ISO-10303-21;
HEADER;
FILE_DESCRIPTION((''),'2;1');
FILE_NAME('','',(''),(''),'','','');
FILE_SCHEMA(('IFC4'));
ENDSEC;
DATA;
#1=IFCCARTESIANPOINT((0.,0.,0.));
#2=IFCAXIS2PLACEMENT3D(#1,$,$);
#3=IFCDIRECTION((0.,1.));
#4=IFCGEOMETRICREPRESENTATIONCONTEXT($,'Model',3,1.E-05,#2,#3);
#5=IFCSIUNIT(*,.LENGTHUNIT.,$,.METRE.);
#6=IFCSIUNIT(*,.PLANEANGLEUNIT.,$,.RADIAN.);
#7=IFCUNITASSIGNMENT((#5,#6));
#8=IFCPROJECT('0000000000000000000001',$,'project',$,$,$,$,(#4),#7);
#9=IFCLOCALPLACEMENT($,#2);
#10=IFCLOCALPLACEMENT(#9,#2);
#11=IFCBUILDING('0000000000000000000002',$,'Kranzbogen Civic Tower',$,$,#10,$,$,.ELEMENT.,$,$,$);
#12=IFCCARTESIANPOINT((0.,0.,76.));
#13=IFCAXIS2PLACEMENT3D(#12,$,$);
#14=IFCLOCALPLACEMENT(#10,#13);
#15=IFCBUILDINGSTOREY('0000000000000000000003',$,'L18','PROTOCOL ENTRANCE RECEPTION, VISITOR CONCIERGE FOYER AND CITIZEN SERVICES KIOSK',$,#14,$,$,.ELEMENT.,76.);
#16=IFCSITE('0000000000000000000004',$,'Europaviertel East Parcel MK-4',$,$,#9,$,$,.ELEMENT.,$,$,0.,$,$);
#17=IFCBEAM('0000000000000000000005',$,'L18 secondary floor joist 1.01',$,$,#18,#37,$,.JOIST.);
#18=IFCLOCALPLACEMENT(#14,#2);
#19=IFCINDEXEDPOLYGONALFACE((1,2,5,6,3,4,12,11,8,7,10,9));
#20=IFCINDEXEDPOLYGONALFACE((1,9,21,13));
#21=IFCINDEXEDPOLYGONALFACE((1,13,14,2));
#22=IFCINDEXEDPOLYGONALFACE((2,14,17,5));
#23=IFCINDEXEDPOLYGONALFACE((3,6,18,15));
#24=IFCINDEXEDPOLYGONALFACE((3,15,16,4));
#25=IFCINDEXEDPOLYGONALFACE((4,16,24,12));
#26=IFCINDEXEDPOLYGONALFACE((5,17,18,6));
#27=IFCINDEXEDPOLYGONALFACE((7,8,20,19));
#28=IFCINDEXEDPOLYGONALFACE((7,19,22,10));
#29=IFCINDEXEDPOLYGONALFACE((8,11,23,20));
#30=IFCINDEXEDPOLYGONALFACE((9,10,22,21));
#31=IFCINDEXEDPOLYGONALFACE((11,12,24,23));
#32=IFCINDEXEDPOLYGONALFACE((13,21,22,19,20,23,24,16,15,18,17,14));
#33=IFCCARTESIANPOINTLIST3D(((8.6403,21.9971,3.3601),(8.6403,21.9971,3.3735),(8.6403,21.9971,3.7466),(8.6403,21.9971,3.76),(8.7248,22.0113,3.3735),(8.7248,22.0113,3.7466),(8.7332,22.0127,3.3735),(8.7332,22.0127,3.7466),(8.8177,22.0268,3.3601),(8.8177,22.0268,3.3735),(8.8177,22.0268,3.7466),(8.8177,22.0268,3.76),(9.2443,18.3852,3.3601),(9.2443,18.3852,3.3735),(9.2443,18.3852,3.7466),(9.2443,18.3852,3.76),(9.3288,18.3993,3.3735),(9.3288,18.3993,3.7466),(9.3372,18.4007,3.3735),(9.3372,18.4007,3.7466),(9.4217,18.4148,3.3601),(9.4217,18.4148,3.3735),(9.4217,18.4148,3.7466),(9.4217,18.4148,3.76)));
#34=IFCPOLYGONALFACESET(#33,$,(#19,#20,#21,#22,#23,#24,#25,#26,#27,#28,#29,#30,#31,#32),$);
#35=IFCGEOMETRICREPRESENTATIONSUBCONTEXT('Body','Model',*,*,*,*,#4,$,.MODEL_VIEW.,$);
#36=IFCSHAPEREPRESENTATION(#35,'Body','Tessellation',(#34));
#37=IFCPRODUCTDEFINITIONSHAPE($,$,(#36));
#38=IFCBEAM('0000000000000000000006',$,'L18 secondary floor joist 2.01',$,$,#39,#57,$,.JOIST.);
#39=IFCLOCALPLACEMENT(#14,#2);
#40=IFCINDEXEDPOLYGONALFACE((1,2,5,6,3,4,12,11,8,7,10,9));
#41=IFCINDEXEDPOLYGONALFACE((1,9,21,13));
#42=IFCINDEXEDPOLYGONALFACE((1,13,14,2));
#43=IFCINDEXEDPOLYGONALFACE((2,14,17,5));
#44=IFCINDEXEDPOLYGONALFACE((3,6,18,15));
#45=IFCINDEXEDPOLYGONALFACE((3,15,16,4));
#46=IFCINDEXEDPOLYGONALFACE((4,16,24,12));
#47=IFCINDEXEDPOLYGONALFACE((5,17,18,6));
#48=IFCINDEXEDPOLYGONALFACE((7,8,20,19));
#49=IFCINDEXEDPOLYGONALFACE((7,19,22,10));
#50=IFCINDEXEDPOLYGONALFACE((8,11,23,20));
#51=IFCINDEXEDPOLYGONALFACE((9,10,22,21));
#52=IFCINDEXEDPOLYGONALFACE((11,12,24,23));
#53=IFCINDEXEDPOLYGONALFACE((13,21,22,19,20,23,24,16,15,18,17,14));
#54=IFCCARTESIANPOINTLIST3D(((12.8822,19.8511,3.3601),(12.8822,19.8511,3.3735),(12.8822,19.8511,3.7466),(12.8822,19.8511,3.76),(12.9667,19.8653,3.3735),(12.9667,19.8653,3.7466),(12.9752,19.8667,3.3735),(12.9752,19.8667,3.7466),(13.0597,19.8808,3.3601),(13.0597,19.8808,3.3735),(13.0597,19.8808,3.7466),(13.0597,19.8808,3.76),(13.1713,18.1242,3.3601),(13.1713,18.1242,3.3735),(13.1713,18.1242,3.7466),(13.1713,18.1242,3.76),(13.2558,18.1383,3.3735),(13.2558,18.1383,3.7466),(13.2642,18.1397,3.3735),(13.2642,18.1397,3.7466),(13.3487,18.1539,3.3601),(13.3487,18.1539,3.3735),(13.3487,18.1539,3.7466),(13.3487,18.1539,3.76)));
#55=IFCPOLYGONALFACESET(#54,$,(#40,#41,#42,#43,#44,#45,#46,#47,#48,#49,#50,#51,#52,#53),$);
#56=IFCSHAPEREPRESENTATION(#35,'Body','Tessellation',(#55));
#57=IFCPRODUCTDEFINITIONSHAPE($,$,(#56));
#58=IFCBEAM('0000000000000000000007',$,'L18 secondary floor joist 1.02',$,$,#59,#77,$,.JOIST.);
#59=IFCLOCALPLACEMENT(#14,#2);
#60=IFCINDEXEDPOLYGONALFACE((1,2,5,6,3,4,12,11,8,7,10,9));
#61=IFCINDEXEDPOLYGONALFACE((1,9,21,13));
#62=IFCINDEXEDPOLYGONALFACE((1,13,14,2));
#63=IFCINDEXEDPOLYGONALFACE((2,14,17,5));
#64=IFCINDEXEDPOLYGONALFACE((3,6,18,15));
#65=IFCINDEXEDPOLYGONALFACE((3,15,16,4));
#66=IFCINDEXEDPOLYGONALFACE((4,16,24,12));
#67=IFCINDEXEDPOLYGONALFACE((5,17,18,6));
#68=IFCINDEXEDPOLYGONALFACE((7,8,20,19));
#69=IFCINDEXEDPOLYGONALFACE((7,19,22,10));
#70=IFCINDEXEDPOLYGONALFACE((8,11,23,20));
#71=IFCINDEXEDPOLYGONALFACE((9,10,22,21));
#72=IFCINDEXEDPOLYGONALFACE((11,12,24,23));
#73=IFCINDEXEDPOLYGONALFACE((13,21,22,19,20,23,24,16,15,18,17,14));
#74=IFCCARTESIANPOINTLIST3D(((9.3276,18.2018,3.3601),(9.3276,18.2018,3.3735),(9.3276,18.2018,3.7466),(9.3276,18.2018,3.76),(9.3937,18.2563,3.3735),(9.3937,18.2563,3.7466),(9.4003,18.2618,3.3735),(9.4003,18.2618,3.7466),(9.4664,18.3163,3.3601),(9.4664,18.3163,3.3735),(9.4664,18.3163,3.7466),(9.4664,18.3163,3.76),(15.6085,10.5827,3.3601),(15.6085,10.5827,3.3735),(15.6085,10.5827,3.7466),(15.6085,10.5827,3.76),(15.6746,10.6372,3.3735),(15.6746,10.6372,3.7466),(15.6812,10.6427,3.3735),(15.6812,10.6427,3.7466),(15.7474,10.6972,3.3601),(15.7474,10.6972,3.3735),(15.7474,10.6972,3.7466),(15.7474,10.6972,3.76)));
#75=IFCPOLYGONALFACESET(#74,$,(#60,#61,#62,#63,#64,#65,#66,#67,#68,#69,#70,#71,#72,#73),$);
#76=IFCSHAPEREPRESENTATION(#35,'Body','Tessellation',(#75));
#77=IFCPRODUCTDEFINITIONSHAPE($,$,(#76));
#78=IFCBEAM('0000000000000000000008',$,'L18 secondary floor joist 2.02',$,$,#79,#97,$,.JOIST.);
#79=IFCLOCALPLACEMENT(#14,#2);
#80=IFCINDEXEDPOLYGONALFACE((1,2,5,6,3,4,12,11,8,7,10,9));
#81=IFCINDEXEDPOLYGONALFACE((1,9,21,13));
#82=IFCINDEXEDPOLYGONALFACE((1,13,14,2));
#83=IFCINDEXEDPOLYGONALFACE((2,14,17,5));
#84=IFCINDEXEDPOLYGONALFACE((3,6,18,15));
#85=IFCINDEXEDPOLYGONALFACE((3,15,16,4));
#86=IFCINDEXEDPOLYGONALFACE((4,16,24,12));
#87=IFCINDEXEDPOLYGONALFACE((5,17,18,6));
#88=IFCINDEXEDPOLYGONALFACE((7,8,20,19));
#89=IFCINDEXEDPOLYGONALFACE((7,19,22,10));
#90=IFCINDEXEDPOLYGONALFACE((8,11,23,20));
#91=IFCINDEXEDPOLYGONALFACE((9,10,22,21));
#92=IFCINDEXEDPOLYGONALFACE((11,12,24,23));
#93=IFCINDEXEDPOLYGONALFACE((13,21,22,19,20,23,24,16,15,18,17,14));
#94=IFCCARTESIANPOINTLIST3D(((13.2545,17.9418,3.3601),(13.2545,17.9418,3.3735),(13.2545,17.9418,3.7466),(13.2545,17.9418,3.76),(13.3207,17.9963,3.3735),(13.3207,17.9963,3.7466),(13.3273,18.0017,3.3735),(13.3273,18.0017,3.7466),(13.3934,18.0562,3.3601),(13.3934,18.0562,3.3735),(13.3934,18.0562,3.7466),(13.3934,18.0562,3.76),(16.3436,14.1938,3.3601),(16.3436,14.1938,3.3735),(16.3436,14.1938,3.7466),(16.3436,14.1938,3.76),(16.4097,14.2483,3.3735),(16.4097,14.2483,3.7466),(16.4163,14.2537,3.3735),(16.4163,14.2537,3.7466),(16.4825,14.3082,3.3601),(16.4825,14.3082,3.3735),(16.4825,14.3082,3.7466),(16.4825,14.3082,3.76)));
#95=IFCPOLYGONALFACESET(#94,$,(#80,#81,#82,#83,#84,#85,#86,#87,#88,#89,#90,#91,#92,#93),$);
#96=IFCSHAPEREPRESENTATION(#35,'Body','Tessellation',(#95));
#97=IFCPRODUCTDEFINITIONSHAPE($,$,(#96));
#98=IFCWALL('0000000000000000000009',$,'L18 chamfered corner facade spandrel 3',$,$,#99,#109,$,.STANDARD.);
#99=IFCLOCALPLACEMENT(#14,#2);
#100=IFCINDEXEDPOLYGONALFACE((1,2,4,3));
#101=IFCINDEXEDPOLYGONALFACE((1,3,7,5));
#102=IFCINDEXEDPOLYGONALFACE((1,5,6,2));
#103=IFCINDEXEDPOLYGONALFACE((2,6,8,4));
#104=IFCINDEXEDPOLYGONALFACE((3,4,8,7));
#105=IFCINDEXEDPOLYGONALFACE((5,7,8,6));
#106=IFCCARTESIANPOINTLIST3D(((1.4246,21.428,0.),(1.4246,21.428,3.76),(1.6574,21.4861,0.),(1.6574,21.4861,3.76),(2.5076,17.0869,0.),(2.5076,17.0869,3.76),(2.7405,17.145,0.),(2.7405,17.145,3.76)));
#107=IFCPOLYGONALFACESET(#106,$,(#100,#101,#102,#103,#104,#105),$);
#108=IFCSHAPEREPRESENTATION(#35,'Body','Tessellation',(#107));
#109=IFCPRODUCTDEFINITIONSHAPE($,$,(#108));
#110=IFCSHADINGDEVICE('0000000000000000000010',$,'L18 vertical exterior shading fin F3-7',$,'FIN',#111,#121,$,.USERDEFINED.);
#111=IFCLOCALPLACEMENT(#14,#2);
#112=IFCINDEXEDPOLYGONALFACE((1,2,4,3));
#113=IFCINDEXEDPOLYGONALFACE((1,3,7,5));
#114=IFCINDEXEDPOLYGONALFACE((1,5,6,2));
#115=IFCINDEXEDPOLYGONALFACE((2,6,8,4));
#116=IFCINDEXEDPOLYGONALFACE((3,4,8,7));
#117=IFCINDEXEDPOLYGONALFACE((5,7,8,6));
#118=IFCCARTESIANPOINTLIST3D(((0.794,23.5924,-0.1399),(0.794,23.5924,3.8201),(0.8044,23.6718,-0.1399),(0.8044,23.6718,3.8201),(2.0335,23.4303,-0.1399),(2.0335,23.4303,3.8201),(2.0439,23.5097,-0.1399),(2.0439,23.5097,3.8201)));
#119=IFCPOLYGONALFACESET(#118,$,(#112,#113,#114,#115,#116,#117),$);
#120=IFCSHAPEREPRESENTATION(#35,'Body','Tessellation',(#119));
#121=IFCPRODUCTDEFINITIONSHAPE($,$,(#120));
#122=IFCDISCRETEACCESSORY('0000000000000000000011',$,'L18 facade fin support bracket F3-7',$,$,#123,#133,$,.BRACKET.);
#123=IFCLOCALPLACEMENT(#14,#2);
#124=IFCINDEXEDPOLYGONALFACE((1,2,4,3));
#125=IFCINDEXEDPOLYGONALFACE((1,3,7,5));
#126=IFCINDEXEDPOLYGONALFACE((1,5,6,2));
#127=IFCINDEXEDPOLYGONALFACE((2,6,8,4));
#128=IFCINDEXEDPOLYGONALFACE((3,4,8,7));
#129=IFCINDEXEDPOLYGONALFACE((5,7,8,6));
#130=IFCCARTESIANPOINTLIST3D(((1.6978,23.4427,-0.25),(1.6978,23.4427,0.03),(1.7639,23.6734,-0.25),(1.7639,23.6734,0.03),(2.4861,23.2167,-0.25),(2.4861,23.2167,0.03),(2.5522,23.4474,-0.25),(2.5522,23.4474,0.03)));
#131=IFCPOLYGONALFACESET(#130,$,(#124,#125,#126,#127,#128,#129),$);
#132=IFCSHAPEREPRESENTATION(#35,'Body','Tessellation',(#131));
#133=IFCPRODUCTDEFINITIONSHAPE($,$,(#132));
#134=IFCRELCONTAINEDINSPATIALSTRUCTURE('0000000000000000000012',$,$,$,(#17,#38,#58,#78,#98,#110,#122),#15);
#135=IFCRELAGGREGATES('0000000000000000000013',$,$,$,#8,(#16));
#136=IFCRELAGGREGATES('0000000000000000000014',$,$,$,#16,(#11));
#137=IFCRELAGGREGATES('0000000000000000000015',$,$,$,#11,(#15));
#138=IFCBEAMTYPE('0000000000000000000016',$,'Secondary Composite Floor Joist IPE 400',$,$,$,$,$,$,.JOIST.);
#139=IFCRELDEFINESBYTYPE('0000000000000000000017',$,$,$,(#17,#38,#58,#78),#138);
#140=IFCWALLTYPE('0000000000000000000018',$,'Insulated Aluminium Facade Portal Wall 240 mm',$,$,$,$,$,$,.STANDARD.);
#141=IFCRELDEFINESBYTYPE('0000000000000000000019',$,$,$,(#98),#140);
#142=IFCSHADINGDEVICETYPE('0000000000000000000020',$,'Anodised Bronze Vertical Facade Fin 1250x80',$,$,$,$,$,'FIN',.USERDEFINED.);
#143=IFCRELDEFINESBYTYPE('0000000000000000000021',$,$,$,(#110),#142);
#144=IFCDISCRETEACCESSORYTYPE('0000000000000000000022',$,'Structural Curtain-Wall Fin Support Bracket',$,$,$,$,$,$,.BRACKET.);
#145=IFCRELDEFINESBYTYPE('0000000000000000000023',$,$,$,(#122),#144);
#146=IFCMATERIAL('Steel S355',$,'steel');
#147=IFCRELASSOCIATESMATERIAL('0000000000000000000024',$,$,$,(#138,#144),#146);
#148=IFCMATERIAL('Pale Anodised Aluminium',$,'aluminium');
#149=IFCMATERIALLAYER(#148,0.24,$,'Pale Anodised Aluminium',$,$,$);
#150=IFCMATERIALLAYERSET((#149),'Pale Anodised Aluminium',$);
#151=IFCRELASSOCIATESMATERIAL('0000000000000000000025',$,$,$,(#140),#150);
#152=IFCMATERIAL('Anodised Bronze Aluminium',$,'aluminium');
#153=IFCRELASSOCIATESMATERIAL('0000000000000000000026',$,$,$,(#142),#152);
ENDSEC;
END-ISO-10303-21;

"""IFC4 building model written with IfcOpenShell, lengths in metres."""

from ifc_helpers import new_model, si_unit, direction, frame, frame_2d, origin, origin_2d, place, context, subcontext, project, spatial, rectangle, i_section, extrude, material, layer, layer_set, material_profile, profile_set, type_object, element, save


model = new_model("IFC4")

# Units and contexts
model_context = context("Model", 3, precision=1e-05, world=origin(), true_north=direction((0.0, 1.0)))
body_context = subcontext(model_context, "Body", "Model", "MODEL_VIEW")
ifc_project = project(units=[si_unit("LENGTHUNIT", "METRE"), si_unit("PLANEANGLEUNIT", "RADIAN")], contexts=[model_context])

# Site, building, storey
site_placement = place(None, origin())
site = spatial("IfcSite", under=ifc_project, at=site_placement, Name="Europaviertel East Parcel MK-4", CompositionType="ELEMENT", RefElevation=0.0)
building_placement = place(site_placement, origin())
building = spatial("IfcBuilding", under=site, at=building_placement, Name="Kranzbogen Civic Tower", CompositionType="ELEMENT")
storey_placement = place(building_placement, frame((0.0, 0.0, 76.0)))
storey = spatial("IfcBuildingStorey", under=building, at=storey_placement, Name="L18", Description="PROTOCOL ENTRANCE RECEPTION, VISITOR CONCIERGE FOYER AND CITIZEN SERVICES KIOSK", CompositionType="ELEMENT", Elevation=76.0)

# Shared definitions
ifc_material_1 = material(Name="Steel S355", Category="steel")

# Shared definitions
ifc_material_2 = material(Name="Pale Anodised Aluminium", Category="aluminium")

# Beams
ifc_material_profile_1 = material_profile(ifc_material_1, i_section(OverallWidth=0.1799, OverallDepth=0.3999, WebThickness=0.0085, FlangeThickness=0.0134, at=origin_2d()), Name="IPE 400")
ifc_profile_set_1 = profile_set([ifc_material_profile_1], Name="Steel S355")
beam_type_1 = type_object("IfcBeamType", Name="Secondary Composite Floor Joist IPE 400", PredefinedType="JOIST", material=ifc_profile_set_1)
beam_1_placement = place(storey_placement, frame((8.729, 22.012, 3.5601), z_axis=(0.164929, -0.986305, 0.0), x_axis=(0.986305, 0.164929, 0.0)))
element("IfcBeam", 1, at=beam_1_placement, inside=storey, type_object=beam_type_1, Name="L18 secondary floor joist 1.01", PredefinedType="JOIST", context=body_context, shape_type="SweptSolid", body=[
    extrude(i_section(OverallWidth=0.1799, OverallDepth=0.3999, WebThickness=0.0085, FlangeThickness=0.0134, at=origin_2d()), origin(), (0.0, 0.0, 1.0), 3.6621),
])
beam_2_placement = place(storey_placement, frame((12.9709, 19.866, 3.5601), z_axis=(0.165077, -0.986281, 0.0), x_axis=(0.986281, 0.165077, 0.0)))
element("IfcBeam", 2, at=beam_2_placement, inside=storey, type_object=beam_type_1, Name="L18 secondary floor joist 2.01", PredefinedType="JOIST", context=body_context, shape_type="SweptSolid", body=[
    extrude(i_section(OverallWidth=0.1799, OverallDepth=0.3999, WebThickness=0.0085, FlangeThickness=0.0134, at=origin_2d()), origin(), (0.0, 0.0, 1.0), 1.751),
])
beam_3_placement = place(storey_placement, frame((9.397, 18.259, 3.5601), z_axis=(0.636095, -0.771611, 0.0), x_axis=(0.771611, 0.636095, 0.0)))
element("IfcBeam", 3, at=beam_3_placement, inside=storey, type_object=beam_type_1, Name="L18 secondary floor joist 1.02", PredefinedType="JOIST", context=body_context, shape_type="SweptSolid", body=[
    extrude(i_section(OverallWidth=0.1799, OverallDepth=0.3999, WebThickness=0.0085, FlangeThickness=0.0134, at=origin_2d()), origin(), (0.0, 0.0, 1.0), 9.8743),
])
beam_4_placement = place(storey_placement, frame((13.324, 17.999, 3.5601), z_axis=(0.636012, -0.771679, 0.0), x_axis=(0.771679, 0.636012, 0.0)))
element("IfcBeam", 4, at=beam_4_placement, inside=storey, type_object=beam_type_1, Name="L18 secondary floor joist 2.02", PredefinedType="JOIST", context=body_context, shape_type="SweptSolid", body=[
    extrude(i_section(OverallWidth=0.1799, OverallDepth=0.3999, WebThickness=0.0085, FlangeThickness=0.0134, at=origin_2d()), origin(), (0.0, 0.0, 1.0), 4.8569),
])

# Wall
ifc_layer_1 = layer(ifc_material_2, 0.24, Name="Pale Anodised Aluminium")
ifc_layer_set_1 = layer_set([ifc_layer_1], Name="Pale Anodised Aluminium")
wall_type = type_object("IfcWallType", Name="Insulated Aluminium Facade Portal Wall 240 mm", PredefinedType="STANDARD", material=ifc_layer_set_1)
wall_placement = place(storey_placement, frame((1.541, 21.457, 0.0), z_axis=(0.0, 0.0, 1.0), x_axis=(0.242061, -0.970261, 0.0)))
element("IfcWall", 5, at=wall_placement, inside=storey, type_object=wall_type, Name="L18 chamfered corner facade spandrel 3", PredefinedType="STANDARD", context=body_context, shape_type="SweptSolid", body=[
    extrude(rectangle(XDim=4.4741, YDim=0.24, at=frame_2d((2.2371, 0.0))), origin(), (0.0, 0.0, 1.0), 3.76),
])

# Shading device
ifc_material_3 = material(Name="Anodised Bronze Aluminium", Category="aluminium")
shading_device_type = type_object("IfcShadingDeviceType", Name="Anodised Bronze Vertical Facade Fin 1250x80", ElementType="FIN", PredefinedType="USERDEFINED", material=ifc_material_3)
shading_device_placement = place(storey_placement, frame((1.4189, 23.551, -0.1399), z_axis=(0.0, 0.0, 1.0), x_axis=(-0.991554, 0.129696, 0.0)))
element("IfcShadingDevice", 6, at=shading_device_placement, inside=storey, type_object=shading_device_type, Name="L18 vertical exterior shading fin F3-7", ObjectType="FIN", PredefinedType="USERDEFINED", context=body_context, shape_type="SweptSolid", body=[
    extrude(rectangle(XDim=1.25, YDim=0.0801, at=origin_2d()), origin(), (0.0, 0.0, 1.0), 3.96),
])

# Discrete accessory
discrete_accessory_type = type_object("IfcDiscreteAccessoryType", Name="Structural Curtain-Wall Fin Support Bracket", PredefinedType="BRACKET", material=ifc_material_1)
discrete_accessory_placement = place(storey_placement, frame((2.125, 23.4451, -0.25), z_axis=(0.0, 0.0, 1.0), x_axis=(-0.961262, 0.275637, 0.0)))
element("IfcDiscreteAccessory", 7, at=discrete_accessory_placement, inside=storey, type_object=discrete_accessory_type, Name="L18 facade fin support bracket F3-7", PredefinedType="BRACKET", context=body_context, shape_type="SweptSolid", body=[
    extrude(rectangle(XDim=0.8201, YDim=0.24, at=origin_2d()), origin(), (0.0, 0.0, 1.0), 0.28),
])

save(model, "model.ifc")
